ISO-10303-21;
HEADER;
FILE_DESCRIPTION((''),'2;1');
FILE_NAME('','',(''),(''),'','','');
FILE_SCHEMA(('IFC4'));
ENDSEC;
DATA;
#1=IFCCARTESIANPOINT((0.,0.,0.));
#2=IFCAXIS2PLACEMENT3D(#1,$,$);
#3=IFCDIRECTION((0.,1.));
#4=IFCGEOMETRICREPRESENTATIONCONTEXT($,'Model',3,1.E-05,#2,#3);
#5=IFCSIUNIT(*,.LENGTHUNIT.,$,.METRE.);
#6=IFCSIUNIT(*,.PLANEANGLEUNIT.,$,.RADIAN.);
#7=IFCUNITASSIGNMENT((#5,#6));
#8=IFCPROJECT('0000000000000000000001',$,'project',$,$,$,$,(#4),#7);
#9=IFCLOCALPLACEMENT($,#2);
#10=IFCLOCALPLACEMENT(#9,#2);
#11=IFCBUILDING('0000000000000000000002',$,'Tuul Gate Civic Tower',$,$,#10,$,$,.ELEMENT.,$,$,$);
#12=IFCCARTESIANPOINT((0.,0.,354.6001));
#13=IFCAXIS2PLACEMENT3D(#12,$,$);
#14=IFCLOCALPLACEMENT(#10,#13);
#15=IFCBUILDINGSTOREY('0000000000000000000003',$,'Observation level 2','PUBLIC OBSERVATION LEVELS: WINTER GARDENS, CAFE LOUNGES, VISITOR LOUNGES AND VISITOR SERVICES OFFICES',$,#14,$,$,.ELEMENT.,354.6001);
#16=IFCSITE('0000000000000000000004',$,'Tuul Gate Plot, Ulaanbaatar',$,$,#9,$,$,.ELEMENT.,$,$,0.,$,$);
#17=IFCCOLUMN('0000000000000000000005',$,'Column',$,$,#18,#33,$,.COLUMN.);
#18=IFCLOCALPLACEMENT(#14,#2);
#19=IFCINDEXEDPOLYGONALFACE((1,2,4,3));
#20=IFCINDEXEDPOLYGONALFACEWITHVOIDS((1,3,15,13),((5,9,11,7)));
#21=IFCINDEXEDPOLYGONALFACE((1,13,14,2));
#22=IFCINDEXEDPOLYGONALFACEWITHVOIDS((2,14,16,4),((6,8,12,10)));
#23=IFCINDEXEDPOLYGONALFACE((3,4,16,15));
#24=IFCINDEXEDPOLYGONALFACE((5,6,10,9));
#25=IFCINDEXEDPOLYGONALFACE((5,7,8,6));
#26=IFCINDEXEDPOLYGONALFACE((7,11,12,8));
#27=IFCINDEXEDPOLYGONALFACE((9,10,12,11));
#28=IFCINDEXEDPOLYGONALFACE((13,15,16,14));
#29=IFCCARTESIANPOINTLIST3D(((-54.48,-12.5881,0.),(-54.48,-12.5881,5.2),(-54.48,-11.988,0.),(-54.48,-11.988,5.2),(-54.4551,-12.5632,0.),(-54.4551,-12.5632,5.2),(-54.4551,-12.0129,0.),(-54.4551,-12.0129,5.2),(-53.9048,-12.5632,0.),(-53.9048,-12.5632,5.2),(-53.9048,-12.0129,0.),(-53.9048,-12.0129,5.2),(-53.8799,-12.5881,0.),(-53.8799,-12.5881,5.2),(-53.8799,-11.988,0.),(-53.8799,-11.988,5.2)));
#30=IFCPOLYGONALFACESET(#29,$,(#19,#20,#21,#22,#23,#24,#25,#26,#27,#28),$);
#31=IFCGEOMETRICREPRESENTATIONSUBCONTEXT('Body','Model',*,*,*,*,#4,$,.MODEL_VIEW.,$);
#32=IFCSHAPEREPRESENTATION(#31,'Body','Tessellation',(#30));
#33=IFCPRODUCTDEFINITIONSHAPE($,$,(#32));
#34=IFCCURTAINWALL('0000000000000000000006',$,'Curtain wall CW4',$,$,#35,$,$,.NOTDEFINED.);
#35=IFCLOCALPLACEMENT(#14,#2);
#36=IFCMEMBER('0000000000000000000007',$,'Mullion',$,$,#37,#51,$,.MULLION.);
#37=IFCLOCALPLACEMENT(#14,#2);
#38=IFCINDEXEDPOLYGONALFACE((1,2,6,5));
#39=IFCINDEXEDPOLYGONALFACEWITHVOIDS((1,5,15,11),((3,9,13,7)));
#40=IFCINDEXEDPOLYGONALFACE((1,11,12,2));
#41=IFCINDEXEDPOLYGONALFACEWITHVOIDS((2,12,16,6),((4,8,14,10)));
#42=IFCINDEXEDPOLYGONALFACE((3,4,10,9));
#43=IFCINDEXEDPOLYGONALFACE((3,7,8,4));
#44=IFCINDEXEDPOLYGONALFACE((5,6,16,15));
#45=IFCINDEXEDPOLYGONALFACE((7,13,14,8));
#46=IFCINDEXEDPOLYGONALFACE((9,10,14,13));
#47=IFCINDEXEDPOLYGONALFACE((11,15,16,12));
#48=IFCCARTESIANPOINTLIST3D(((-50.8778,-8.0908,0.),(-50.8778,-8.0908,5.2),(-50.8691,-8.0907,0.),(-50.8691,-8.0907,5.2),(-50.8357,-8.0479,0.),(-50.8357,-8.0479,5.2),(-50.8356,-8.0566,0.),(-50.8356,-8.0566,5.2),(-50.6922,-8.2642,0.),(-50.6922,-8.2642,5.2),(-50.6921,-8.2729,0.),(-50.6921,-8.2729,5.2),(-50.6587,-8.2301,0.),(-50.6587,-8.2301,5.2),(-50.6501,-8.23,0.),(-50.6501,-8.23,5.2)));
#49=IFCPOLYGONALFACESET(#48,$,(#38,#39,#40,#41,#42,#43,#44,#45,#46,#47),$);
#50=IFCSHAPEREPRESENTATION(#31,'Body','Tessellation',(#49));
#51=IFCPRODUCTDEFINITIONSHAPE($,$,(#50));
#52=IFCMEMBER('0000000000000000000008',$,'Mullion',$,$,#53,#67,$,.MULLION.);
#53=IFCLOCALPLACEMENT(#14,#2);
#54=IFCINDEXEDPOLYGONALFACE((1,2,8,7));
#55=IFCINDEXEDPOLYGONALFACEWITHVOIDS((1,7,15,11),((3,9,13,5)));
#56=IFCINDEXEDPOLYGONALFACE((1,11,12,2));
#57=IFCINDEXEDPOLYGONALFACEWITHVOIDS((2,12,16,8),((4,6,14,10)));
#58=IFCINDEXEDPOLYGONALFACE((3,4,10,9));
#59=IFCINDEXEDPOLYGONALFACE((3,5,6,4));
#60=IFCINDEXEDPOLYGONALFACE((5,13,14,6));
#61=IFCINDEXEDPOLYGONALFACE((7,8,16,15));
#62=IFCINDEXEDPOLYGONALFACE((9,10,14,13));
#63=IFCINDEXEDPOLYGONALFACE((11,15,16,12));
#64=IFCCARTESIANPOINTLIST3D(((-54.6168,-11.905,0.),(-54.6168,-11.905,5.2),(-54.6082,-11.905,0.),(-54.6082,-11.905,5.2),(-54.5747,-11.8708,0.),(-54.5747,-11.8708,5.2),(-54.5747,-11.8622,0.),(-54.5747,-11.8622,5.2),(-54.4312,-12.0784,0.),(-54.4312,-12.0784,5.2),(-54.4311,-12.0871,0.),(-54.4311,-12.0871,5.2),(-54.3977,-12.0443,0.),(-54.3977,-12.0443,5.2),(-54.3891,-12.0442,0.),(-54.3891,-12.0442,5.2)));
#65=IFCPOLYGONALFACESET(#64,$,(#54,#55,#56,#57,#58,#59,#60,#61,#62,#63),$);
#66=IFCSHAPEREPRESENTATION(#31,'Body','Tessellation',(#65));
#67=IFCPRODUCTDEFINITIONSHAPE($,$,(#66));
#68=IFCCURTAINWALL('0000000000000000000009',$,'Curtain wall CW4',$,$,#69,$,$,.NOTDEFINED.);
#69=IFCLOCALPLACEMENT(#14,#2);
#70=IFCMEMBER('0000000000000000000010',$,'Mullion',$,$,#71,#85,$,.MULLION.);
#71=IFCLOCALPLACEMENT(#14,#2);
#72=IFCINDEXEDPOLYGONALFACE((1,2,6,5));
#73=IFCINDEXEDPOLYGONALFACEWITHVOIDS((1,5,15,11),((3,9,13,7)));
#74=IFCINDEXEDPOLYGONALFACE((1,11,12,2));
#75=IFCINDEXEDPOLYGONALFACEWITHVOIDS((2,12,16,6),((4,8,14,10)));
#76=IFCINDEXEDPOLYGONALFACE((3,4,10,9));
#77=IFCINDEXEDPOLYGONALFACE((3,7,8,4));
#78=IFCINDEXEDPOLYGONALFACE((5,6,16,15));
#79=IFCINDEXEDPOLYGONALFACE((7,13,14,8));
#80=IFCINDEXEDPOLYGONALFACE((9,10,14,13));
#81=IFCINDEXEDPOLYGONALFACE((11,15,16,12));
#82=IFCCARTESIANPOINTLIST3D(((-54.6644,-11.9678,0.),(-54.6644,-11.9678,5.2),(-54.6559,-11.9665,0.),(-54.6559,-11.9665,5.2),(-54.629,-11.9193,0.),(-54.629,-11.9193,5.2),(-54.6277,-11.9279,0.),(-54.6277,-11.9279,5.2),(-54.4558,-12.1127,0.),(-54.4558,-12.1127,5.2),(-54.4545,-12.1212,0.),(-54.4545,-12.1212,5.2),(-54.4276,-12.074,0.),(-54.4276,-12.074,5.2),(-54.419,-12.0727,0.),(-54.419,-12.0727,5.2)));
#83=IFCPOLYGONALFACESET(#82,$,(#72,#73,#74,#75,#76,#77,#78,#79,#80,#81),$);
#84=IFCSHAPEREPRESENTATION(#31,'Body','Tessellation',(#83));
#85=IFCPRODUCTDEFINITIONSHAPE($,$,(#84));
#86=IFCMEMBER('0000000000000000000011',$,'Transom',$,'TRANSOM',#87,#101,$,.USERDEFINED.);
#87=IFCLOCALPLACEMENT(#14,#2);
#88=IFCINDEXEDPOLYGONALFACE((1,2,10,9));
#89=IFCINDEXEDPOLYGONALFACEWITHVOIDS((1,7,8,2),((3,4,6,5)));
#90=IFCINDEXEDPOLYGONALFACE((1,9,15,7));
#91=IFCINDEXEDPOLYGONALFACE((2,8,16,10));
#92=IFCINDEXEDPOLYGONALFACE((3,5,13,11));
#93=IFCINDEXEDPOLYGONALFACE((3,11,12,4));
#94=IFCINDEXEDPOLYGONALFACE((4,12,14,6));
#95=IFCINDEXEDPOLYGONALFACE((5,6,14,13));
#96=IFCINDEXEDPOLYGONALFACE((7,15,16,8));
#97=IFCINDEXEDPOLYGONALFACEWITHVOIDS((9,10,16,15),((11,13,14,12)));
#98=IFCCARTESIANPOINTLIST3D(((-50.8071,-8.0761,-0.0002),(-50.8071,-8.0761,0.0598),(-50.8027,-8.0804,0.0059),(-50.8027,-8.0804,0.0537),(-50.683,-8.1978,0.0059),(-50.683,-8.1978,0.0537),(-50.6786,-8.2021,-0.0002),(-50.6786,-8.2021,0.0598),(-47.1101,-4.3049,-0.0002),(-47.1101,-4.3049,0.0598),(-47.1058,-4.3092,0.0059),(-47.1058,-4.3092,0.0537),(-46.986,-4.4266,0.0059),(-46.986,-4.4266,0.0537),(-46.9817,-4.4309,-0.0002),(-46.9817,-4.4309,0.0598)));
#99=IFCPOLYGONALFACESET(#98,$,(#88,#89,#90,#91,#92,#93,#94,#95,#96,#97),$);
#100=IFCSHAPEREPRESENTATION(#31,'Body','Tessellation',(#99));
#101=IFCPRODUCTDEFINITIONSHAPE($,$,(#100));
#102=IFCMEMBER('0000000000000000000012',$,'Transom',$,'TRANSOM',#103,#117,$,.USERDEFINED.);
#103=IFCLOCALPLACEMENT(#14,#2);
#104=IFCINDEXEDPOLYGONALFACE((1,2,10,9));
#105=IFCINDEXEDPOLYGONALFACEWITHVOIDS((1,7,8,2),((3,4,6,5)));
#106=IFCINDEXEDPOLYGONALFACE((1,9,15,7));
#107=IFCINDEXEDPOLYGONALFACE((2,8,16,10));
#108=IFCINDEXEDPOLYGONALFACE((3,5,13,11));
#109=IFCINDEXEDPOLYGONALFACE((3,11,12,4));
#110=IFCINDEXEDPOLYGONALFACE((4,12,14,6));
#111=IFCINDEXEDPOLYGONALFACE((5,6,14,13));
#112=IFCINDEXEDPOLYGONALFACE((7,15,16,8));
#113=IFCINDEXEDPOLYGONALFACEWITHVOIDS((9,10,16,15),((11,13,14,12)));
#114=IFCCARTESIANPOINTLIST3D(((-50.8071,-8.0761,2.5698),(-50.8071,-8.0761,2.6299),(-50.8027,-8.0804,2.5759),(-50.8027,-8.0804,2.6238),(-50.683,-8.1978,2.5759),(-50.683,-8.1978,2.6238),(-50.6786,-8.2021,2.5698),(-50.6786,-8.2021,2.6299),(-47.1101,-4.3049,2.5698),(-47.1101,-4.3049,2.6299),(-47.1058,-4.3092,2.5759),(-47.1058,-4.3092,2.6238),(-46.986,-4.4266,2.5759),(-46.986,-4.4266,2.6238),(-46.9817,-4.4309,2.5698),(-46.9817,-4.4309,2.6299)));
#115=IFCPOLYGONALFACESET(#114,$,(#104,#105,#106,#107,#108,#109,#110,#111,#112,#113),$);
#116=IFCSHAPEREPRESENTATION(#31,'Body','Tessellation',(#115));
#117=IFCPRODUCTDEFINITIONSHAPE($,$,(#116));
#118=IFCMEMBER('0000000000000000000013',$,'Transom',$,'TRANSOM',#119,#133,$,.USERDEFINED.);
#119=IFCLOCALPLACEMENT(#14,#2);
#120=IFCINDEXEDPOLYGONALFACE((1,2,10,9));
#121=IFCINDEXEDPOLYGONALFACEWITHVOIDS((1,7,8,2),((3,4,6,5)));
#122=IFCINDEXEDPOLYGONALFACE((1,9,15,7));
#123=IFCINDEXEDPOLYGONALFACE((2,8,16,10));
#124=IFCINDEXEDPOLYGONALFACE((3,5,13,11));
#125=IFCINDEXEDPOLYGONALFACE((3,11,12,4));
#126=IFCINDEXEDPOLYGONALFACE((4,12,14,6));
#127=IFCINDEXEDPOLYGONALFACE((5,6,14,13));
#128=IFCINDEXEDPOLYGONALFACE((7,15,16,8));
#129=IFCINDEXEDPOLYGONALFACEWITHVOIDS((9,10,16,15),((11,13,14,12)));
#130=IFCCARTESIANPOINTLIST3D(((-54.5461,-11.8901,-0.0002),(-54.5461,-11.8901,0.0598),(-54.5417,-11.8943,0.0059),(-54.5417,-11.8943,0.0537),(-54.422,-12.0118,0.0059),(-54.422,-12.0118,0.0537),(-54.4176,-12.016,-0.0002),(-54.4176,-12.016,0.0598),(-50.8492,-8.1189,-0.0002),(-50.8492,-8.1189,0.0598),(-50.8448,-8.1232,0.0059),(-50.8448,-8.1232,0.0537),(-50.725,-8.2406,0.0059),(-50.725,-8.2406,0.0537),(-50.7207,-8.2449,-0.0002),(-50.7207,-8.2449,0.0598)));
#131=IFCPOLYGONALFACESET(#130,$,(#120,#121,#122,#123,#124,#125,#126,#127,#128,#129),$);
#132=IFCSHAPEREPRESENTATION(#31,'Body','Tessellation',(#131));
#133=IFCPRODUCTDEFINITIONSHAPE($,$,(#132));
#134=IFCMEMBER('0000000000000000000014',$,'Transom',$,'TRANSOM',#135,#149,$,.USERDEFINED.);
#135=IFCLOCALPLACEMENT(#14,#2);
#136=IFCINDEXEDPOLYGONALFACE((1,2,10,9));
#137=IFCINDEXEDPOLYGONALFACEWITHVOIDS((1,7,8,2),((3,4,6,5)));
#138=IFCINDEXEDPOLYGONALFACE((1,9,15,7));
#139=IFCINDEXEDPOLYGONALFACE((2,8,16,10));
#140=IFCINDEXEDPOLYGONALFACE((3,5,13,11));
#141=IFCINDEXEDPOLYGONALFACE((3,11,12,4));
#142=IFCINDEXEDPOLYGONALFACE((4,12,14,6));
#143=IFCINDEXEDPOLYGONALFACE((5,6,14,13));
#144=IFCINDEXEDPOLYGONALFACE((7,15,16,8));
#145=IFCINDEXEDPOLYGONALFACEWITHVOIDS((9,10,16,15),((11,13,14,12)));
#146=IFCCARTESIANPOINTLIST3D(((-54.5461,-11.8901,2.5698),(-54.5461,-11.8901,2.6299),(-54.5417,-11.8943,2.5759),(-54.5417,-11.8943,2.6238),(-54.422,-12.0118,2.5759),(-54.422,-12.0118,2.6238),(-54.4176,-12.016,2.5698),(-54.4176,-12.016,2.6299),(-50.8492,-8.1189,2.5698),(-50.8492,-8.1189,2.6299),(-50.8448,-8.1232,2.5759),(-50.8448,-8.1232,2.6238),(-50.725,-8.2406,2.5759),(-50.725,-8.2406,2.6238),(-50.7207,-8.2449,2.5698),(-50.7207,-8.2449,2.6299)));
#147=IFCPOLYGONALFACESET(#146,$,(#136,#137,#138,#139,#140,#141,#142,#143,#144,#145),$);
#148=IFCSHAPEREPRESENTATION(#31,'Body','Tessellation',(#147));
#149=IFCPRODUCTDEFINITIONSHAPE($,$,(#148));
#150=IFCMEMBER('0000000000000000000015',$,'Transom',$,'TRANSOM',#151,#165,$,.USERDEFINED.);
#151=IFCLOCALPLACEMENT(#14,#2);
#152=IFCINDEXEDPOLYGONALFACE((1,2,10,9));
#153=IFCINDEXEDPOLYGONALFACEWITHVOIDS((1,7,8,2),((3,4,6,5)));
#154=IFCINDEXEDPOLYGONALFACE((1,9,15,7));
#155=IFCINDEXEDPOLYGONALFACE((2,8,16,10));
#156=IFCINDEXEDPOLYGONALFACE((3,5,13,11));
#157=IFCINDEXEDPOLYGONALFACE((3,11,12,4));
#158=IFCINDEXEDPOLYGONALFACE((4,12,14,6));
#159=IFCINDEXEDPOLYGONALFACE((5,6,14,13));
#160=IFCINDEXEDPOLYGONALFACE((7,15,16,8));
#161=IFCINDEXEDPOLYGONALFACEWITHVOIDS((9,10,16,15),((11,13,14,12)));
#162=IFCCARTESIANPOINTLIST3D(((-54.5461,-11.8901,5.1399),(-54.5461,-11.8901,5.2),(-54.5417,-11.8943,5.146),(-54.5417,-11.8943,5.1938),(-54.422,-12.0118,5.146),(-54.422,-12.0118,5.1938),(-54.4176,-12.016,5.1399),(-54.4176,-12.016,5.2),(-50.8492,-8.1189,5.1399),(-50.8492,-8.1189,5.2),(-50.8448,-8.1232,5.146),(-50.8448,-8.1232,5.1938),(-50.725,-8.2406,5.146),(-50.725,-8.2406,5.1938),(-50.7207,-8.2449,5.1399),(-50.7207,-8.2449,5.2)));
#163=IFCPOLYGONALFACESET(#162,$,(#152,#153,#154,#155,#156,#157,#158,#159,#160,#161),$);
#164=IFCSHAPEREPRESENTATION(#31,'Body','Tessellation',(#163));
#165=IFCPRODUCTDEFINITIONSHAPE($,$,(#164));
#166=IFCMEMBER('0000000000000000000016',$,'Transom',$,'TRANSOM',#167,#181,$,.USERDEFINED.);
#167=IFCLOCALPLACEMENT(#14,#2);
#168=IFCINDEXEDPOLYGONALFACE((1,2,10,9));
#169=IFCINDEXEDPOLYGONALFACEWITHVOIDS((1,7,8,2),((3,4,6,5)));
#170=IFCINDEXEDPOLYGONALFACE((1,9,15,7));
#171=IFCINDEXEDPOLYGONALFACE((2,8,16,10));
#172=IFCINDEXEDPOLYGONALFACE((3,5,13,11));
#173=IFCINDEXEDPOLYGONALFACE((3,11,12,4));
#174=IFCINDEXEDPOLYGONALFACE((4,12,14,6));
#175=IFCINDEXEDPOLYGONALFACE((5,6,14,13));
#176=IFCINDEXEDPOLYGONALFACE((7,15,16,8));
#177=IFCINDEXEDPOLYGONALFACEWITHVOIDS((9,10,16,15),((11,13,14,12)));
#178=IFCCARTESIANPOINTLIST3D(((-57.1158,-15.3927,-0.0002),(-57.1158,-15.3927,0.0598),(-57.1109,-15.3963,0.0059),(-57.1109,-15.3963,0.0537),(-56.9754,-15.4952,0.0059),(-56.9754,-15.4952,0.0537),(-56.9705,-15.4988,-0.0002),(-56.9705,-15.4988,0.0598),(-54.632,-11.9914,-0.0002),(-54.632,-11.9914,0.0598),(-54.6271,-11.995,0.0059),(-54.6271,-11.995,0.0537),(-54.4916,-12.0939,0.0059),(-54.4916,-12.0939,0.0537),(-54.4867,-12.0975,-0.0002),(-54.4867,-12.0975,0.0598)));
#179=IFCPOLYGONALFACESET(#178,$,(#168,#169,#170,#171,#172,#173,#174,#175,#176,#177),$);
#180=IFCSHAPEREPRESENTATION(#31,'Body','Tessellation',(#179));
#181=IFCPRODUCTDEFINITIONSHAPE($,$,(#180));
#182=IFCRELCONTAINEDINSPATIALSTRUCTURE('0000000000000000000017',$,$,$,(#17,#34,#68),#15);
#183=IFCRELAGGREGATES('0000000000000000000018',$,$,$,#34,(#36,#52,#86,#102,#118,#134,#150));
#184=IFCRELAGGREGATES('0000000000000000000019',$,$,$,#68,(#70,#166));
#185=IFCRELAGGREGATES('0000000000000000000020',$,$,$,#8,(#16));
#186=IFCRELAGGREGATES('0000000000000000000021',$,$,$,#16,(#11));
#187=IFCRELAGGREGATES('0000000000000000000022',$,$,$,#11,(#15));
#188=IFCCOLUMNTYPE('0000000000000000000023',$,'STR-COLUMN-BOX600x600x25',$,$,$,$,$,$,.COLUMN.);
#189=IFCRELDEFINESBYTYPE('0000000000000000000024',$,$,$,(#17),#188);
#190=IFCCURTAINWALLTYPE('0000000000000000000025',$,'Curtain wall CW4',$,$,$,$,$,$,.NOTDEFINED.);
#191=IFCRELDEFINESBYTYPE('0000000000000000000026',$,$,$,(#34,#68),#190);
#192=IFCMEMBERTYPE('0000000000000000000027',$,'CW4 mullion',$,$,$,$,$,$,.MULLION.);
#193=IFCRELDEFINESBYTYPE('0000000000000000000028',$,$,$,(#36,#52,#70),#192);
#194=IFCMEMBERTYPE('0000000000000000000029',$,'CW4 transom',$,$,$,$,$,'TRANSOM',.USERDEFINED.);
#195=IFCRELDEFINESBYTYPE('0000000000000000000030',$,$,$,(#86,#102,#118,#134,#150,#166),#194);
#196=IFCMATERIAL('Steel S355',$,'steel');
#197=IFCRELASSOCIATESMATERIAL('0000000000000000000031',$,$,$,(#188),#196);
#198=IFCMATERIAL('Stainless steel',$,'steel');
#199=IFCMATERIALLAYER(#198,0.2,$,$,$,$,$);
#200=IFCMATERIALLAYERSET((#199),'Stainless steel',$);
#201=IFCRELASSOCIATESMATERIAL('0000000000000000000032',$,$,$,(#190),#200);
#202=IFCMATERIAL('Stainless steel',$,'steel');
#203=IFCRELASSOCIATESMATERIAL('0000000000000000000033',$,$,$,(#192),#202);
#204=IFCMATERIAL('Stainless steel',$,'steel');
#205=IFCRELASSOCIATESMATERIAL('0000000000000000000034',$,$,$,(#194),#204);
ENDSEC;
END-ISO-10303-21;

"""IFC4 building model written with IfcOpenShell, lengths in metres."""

from ifc_helpers import new_model, si_unit, direction, frame, origin, origin_2d, place, context, subcontext, project, spatial, hollow_rectangle, extrude, material, layer, layer_set, material_profile, profile_set, type_object, element, aggregate, save


model = new_model("IFC4")

# Units and contexts
model_context = context("Model", 3, precision=1e-05, world=origin(), true_north=direction((0.0, 1.0)))
body_context = subcontext(model_context, "Body", "Model", "MODEL_VIEW")
ifc_project = project(units=[si_unit("LENGTHUNIT", "METRE"), si_unit("PLANEANGLEUNIT", "RADIAN")], contexts=[model_context])

# Site, building, storey
site_placement = place(None, origin())
site = spatial("IfcSite", under=ifc_project, at=site_placement, Name="Tuul Gate Plot, Ulaanbaatar", CompositionType="ELEMENT", RefElevation=0.0)
building_placement = place(site_placement, origin())
building = spatial("IfcBuilding", under=site, at=building_placement, Name="Tuul Gate Civic Tower", CompositionType="ELEMENT")
storey_placement = place(building_placement, frame((0.0, 0.0, 354.6001)))
storey = spatial("IfcBuildingStorey", under=building, at=storey_placement, Name="Observation level 2", Description="PUBLIC OBSERVATION LEVELS: WINTER GARDENS, CAFE LOUNGES, VISITOR LOUNGES AND VISITOR SERVICES OFFICES", CompositionType="ELEMENT", Elevation=354.6001)

# Column
ifc_material_1 = material(Name="Steel S355", Category="steel")
ifc_material_profile_1 = material_profile(ifc_material_1, hollow_rectangle(XDim=0.6001, YDim=0.6001, WallThickness=0.0249, at=origin_2d()), Name="BOX600x600x25")
ifc_profile_set_1 = profile_set([ifc_material_profile_1], Name="Steel S355")
column_type = type_object("IfcColumnType", Name="STR-COLUMN-BOX600x600x25", PredefinedType="COLUMN", material=ifc_profile_set_1)
column_placement = place(storey_placement, frame((-54.1799, -12.2881, 0.0), z_axis=(0.0, 0.0, 1.0), x_axis=(1.0, 0.0, 0.0)))
element("IfcColumn", 1, at=column_placement, inside=storey, type_object=column_type, Name="Column", PredefinedType="COLUMN", context=body_context, shape_type="SweptSolid", body=[
    extrude(hollow_rectangle(XDim=0.6001, YDim=0.6001, WallThickness=0.0249, at=origin_2d()), origin(), (0.0, 0.0, 1.0), 5.2),
])

# Curtain wall, members
ifc_material_2 = material(Name="Stainless steel", Category="steel")
ifc_layer_1 = layer(ifc_material_2, 0.2)
ifc_layer_set_1 = layer_set([ifc_layer_1], Name="Stainless steel")
curtain_wall_type = type_object("IfcCurtainWallType", Name="Curtain wall CW4", PredefinedType="NOTDEFINED", material=ifc_layer_set_1)
curtain_wall_1_placement = place(storey_placement, origin())
curtain_wall_1 = element("IfcCurtainWall", 2, at=curtain_wall_1_placement, inside=storey, type_object=curtain_wall_type, Name="Curtain wall CW4", PredefinedType="NOTDEFINED")
ifc_material_3 = material(Name="Stainless steel", Category="steel")
ifc_material_profile_2 = material_profile(ifc_material_3, hollow_rectangle(XDim=0.26, YDim=0.0601, WallThickness=0.0061, at=origin_2d()), Name="CW4 mullion")
ifc_profile_set_2 = profile_set([ifc_material_profile_2], Name="Stainless steel")
member_type_1 = type_object("IfcMemberType", Name="CW4 mullion", PredefinedType="MULLION", material=ifc_profile_set_2)
member_1_placement = place(storey_placement, frame((-50.7639, -8.1604, 0.0), z_axis=(0.0, 0.0, 1.0), x_axis=(0.7141, -0.700043, 0.0)))
member_1 = element("IfcMember", 3, at=member_1_placement, type_object=member_type_1, Name="Mullion", PredefinedType="MULLION", context=body_context, shape_type="SweptSolid", body=[
    extrude(hollow_rectangle(XDim=0.26, YDim=0.0601, WallThickness=0.0061, at=origin_2d()), origin(), (0.0, 0.0, 1.0), 5.2),
])
member_2_placement = place(storey_placement, frame((-54.5029, -11.9746, 0.0), z_axis=(0.0, 0.0, 1.0), x_axis=(0.7141, -0.700043, 0.0)))
member_2 = element("IfcMember", 4, at=member_2_placement, type_object=member_type_1, Name="Mullion", PredefinedType="MULLION", context=body_context, shape_type="SweptSolid", body=[
    extrude(hollow_rectangle(XDim=0.26, YDim=0.0601, WallThickness=0.0061, at=origin_2d()), origin(), (0.0, 0.0, 1.0), 5.2),
])

# Curtain wall, member
curtain_wall_2_placement = place(storey_placement, origin())
curtain_wall_2 = element("IfcCurtainWall", 5, at=curtain_wall_2_placement, inside=storey, type_object=curtain_wall_type, Name="Curtain wall CW4", PredefinedType="NOTDEFINED")
member_3_placement = place(storey_placement, frame((-54.5417, -12.0203, 0.0), z_axis=(0.0, 0.0, 1.0), x_axis=(0.807578, -0.58976, 0.0)))
member_3 = element("IfcMember", 6, at=member_3_placement, type_object=member_type_1, Name="Mullion", PredefinedType="MULLION", context=body_context, shape_type="SweptSolid", body=[
    extrude(hollow_rectangle(XDim=0.26, YDim=0.0601, WallThickness=0.0061, at=origin_2d()), origin(), (0.0, 0.0, 1.0), 5.2),
])

# Members
ifc_material_4 = material(Name="Stainless steel", Category="steel")
ifc_material_profile_3 = material_profile(ifc_material_4, hollow_rectangle(XDim=0.1799, YDim=0.0601, WallThickness=0.0061, at=origin_2d()), Name="CW4 transom")
ifc_profile_set_3 = profile_set([ifc_material_profile_3], Name="Stainless steel")
member_type_2 = type_object("IfcMemberType", Name="CW4 transom", ElementType="TRANSOM", PredefinedType="USERDEFINED", material=ifc_profile_set_3)
member_4_placement = place(storey_placement, frame((-47.0459, -4.3679, 0.0298), z_axis=(-0.700045, -0.714099, 0.0), x_axis=(0.714099, -0.700045, 0.0)))
member_4 = element("IfcMember", 7, at=member_4_placement, type_object=member_type_2, Name="Transom", ObjectType="TRANSOM", PredefinedType="USERDEFINED", context=body_context, shape_type="SweptSolid", body=[
    extrude(hollow_rectangle(XDim=0.1799, YDim=0.0601, WallThickness=0.0061, at=origin_2d()), origin(), (0.0, 0.0, 1.0), 5.281),
])
member_5_placement = place(storey_placement, frame((-47.0459, -4.3679, 2.5999), z_axis=(-0.700045, -0.714099, 0.0), x_axis=(0.714099, -0.700045, 0.0)))
member_5 = element("IfcMember", 8, at=member_5_placement, type_object=member_type_2, Name="Transom", ObjectType="TRANSOM", PredefinedType="USERDEFINED", context=body_context, shape_type="SweptSolid", body=[
    extrude(hollow_rectangle(XDim=0.1799, YDim=0.0601, WallThickness=0.0061, at=origin_2d()), origin(), (0.0, 0.0, 1.0), 5.281),
])
member_6_placement = place(storey_placement, frame((-50.7849, -8.1819, 0.0298), z_axis=(-0.700045, -0.714099, 0.0), x_axis=(0.714099, -0.700045, 0.0)))
member_6 = element("IfcMember", 9, at=member_6_placement, type_object=member_type_2, Name="Transom", ObjectType="TRANSOM", PredefinedType="USERDEFINED", context=body_context, shape_type="SweptSolid", body=[
    extrude(hollow_rectangle(XDim=0.1799, YDim=0.0601, WallThickness=0.0061, at=origin_2d()), origin(), (0.0, 0.0, 1.0), 5.281),
])
member_7_placement = place(storey_placement, frame((-50.7849, -8.1819, 2.5999), z_axis=(-0.700045, -0.714099, 0.0), x_axis=(0.714099, -0.700045, 0.0)))
member_7 = element("IfcMember", 10, at=member_7_placement, type_object=member_type_2, Name="Transom", ObjectType="TRANSOM", PredefinedType="USERDEFINED", context=body_context, shape_type="SweptSolid", body=[
    extrude(hollow_rectangle(XDim=0.1799, YDim=0.0601, WallThickness=0.0061, at=origin_2d()), origin(), (0.0, 0.0, 1.0), 5.281),
])
member_8_placement = place(storey_placement, frame((-50.7849, -8.1819, 5.1699), z_axis=(-0.700045, -0.714099, 0.0), x_axis=(0.714099, -0.700045, 0.0)))
member_8 = element("IfcMember", 11, at=member_8_placement, type_object=member_type_2, Name="Transom", ObjectType="TRANSOM", PredefinedType="USERDEFINED", context=body_context, shape_type="SweptSolid", body=[
    extrude(hollow_rectangle(XDim=0.1799, YDim=0.0601, WallThickness=0.0061, at=origin_2d()), origin(), (0.0, 0.0, 1.0), 5.281),
])
member_9_placement = place(storey_placement, frame((-54.5593, -12.0444, 0.0298), z_axis=(-0.589749, -0.807586, 0.0), x_axis=(0.807586, -0.589749, 0.0)))
member_9 = element("IfcMember", 12, at=member_9_placement, type_object=member_type_2, Name="Transom", ObjectType="TRANSOM", PredefinedType="USERDEFINED", context=body_context, shape_type="SweptSolid", body=[
    extrude(hollow_rectangle(XDim=0.1799, YDim=0.0601, WallThickness=0.0061, at=origin_2d()), origin(), (0.0, 0.0, 1.0), 4.2117),
])

aggregate(curtain_wall_1, [member_1, member_2, member_4, member_5, member_6, member_7, member_8])
aggregate(curtain_wall_2, [member_3, member_9])

save(model, "model.ifc")
